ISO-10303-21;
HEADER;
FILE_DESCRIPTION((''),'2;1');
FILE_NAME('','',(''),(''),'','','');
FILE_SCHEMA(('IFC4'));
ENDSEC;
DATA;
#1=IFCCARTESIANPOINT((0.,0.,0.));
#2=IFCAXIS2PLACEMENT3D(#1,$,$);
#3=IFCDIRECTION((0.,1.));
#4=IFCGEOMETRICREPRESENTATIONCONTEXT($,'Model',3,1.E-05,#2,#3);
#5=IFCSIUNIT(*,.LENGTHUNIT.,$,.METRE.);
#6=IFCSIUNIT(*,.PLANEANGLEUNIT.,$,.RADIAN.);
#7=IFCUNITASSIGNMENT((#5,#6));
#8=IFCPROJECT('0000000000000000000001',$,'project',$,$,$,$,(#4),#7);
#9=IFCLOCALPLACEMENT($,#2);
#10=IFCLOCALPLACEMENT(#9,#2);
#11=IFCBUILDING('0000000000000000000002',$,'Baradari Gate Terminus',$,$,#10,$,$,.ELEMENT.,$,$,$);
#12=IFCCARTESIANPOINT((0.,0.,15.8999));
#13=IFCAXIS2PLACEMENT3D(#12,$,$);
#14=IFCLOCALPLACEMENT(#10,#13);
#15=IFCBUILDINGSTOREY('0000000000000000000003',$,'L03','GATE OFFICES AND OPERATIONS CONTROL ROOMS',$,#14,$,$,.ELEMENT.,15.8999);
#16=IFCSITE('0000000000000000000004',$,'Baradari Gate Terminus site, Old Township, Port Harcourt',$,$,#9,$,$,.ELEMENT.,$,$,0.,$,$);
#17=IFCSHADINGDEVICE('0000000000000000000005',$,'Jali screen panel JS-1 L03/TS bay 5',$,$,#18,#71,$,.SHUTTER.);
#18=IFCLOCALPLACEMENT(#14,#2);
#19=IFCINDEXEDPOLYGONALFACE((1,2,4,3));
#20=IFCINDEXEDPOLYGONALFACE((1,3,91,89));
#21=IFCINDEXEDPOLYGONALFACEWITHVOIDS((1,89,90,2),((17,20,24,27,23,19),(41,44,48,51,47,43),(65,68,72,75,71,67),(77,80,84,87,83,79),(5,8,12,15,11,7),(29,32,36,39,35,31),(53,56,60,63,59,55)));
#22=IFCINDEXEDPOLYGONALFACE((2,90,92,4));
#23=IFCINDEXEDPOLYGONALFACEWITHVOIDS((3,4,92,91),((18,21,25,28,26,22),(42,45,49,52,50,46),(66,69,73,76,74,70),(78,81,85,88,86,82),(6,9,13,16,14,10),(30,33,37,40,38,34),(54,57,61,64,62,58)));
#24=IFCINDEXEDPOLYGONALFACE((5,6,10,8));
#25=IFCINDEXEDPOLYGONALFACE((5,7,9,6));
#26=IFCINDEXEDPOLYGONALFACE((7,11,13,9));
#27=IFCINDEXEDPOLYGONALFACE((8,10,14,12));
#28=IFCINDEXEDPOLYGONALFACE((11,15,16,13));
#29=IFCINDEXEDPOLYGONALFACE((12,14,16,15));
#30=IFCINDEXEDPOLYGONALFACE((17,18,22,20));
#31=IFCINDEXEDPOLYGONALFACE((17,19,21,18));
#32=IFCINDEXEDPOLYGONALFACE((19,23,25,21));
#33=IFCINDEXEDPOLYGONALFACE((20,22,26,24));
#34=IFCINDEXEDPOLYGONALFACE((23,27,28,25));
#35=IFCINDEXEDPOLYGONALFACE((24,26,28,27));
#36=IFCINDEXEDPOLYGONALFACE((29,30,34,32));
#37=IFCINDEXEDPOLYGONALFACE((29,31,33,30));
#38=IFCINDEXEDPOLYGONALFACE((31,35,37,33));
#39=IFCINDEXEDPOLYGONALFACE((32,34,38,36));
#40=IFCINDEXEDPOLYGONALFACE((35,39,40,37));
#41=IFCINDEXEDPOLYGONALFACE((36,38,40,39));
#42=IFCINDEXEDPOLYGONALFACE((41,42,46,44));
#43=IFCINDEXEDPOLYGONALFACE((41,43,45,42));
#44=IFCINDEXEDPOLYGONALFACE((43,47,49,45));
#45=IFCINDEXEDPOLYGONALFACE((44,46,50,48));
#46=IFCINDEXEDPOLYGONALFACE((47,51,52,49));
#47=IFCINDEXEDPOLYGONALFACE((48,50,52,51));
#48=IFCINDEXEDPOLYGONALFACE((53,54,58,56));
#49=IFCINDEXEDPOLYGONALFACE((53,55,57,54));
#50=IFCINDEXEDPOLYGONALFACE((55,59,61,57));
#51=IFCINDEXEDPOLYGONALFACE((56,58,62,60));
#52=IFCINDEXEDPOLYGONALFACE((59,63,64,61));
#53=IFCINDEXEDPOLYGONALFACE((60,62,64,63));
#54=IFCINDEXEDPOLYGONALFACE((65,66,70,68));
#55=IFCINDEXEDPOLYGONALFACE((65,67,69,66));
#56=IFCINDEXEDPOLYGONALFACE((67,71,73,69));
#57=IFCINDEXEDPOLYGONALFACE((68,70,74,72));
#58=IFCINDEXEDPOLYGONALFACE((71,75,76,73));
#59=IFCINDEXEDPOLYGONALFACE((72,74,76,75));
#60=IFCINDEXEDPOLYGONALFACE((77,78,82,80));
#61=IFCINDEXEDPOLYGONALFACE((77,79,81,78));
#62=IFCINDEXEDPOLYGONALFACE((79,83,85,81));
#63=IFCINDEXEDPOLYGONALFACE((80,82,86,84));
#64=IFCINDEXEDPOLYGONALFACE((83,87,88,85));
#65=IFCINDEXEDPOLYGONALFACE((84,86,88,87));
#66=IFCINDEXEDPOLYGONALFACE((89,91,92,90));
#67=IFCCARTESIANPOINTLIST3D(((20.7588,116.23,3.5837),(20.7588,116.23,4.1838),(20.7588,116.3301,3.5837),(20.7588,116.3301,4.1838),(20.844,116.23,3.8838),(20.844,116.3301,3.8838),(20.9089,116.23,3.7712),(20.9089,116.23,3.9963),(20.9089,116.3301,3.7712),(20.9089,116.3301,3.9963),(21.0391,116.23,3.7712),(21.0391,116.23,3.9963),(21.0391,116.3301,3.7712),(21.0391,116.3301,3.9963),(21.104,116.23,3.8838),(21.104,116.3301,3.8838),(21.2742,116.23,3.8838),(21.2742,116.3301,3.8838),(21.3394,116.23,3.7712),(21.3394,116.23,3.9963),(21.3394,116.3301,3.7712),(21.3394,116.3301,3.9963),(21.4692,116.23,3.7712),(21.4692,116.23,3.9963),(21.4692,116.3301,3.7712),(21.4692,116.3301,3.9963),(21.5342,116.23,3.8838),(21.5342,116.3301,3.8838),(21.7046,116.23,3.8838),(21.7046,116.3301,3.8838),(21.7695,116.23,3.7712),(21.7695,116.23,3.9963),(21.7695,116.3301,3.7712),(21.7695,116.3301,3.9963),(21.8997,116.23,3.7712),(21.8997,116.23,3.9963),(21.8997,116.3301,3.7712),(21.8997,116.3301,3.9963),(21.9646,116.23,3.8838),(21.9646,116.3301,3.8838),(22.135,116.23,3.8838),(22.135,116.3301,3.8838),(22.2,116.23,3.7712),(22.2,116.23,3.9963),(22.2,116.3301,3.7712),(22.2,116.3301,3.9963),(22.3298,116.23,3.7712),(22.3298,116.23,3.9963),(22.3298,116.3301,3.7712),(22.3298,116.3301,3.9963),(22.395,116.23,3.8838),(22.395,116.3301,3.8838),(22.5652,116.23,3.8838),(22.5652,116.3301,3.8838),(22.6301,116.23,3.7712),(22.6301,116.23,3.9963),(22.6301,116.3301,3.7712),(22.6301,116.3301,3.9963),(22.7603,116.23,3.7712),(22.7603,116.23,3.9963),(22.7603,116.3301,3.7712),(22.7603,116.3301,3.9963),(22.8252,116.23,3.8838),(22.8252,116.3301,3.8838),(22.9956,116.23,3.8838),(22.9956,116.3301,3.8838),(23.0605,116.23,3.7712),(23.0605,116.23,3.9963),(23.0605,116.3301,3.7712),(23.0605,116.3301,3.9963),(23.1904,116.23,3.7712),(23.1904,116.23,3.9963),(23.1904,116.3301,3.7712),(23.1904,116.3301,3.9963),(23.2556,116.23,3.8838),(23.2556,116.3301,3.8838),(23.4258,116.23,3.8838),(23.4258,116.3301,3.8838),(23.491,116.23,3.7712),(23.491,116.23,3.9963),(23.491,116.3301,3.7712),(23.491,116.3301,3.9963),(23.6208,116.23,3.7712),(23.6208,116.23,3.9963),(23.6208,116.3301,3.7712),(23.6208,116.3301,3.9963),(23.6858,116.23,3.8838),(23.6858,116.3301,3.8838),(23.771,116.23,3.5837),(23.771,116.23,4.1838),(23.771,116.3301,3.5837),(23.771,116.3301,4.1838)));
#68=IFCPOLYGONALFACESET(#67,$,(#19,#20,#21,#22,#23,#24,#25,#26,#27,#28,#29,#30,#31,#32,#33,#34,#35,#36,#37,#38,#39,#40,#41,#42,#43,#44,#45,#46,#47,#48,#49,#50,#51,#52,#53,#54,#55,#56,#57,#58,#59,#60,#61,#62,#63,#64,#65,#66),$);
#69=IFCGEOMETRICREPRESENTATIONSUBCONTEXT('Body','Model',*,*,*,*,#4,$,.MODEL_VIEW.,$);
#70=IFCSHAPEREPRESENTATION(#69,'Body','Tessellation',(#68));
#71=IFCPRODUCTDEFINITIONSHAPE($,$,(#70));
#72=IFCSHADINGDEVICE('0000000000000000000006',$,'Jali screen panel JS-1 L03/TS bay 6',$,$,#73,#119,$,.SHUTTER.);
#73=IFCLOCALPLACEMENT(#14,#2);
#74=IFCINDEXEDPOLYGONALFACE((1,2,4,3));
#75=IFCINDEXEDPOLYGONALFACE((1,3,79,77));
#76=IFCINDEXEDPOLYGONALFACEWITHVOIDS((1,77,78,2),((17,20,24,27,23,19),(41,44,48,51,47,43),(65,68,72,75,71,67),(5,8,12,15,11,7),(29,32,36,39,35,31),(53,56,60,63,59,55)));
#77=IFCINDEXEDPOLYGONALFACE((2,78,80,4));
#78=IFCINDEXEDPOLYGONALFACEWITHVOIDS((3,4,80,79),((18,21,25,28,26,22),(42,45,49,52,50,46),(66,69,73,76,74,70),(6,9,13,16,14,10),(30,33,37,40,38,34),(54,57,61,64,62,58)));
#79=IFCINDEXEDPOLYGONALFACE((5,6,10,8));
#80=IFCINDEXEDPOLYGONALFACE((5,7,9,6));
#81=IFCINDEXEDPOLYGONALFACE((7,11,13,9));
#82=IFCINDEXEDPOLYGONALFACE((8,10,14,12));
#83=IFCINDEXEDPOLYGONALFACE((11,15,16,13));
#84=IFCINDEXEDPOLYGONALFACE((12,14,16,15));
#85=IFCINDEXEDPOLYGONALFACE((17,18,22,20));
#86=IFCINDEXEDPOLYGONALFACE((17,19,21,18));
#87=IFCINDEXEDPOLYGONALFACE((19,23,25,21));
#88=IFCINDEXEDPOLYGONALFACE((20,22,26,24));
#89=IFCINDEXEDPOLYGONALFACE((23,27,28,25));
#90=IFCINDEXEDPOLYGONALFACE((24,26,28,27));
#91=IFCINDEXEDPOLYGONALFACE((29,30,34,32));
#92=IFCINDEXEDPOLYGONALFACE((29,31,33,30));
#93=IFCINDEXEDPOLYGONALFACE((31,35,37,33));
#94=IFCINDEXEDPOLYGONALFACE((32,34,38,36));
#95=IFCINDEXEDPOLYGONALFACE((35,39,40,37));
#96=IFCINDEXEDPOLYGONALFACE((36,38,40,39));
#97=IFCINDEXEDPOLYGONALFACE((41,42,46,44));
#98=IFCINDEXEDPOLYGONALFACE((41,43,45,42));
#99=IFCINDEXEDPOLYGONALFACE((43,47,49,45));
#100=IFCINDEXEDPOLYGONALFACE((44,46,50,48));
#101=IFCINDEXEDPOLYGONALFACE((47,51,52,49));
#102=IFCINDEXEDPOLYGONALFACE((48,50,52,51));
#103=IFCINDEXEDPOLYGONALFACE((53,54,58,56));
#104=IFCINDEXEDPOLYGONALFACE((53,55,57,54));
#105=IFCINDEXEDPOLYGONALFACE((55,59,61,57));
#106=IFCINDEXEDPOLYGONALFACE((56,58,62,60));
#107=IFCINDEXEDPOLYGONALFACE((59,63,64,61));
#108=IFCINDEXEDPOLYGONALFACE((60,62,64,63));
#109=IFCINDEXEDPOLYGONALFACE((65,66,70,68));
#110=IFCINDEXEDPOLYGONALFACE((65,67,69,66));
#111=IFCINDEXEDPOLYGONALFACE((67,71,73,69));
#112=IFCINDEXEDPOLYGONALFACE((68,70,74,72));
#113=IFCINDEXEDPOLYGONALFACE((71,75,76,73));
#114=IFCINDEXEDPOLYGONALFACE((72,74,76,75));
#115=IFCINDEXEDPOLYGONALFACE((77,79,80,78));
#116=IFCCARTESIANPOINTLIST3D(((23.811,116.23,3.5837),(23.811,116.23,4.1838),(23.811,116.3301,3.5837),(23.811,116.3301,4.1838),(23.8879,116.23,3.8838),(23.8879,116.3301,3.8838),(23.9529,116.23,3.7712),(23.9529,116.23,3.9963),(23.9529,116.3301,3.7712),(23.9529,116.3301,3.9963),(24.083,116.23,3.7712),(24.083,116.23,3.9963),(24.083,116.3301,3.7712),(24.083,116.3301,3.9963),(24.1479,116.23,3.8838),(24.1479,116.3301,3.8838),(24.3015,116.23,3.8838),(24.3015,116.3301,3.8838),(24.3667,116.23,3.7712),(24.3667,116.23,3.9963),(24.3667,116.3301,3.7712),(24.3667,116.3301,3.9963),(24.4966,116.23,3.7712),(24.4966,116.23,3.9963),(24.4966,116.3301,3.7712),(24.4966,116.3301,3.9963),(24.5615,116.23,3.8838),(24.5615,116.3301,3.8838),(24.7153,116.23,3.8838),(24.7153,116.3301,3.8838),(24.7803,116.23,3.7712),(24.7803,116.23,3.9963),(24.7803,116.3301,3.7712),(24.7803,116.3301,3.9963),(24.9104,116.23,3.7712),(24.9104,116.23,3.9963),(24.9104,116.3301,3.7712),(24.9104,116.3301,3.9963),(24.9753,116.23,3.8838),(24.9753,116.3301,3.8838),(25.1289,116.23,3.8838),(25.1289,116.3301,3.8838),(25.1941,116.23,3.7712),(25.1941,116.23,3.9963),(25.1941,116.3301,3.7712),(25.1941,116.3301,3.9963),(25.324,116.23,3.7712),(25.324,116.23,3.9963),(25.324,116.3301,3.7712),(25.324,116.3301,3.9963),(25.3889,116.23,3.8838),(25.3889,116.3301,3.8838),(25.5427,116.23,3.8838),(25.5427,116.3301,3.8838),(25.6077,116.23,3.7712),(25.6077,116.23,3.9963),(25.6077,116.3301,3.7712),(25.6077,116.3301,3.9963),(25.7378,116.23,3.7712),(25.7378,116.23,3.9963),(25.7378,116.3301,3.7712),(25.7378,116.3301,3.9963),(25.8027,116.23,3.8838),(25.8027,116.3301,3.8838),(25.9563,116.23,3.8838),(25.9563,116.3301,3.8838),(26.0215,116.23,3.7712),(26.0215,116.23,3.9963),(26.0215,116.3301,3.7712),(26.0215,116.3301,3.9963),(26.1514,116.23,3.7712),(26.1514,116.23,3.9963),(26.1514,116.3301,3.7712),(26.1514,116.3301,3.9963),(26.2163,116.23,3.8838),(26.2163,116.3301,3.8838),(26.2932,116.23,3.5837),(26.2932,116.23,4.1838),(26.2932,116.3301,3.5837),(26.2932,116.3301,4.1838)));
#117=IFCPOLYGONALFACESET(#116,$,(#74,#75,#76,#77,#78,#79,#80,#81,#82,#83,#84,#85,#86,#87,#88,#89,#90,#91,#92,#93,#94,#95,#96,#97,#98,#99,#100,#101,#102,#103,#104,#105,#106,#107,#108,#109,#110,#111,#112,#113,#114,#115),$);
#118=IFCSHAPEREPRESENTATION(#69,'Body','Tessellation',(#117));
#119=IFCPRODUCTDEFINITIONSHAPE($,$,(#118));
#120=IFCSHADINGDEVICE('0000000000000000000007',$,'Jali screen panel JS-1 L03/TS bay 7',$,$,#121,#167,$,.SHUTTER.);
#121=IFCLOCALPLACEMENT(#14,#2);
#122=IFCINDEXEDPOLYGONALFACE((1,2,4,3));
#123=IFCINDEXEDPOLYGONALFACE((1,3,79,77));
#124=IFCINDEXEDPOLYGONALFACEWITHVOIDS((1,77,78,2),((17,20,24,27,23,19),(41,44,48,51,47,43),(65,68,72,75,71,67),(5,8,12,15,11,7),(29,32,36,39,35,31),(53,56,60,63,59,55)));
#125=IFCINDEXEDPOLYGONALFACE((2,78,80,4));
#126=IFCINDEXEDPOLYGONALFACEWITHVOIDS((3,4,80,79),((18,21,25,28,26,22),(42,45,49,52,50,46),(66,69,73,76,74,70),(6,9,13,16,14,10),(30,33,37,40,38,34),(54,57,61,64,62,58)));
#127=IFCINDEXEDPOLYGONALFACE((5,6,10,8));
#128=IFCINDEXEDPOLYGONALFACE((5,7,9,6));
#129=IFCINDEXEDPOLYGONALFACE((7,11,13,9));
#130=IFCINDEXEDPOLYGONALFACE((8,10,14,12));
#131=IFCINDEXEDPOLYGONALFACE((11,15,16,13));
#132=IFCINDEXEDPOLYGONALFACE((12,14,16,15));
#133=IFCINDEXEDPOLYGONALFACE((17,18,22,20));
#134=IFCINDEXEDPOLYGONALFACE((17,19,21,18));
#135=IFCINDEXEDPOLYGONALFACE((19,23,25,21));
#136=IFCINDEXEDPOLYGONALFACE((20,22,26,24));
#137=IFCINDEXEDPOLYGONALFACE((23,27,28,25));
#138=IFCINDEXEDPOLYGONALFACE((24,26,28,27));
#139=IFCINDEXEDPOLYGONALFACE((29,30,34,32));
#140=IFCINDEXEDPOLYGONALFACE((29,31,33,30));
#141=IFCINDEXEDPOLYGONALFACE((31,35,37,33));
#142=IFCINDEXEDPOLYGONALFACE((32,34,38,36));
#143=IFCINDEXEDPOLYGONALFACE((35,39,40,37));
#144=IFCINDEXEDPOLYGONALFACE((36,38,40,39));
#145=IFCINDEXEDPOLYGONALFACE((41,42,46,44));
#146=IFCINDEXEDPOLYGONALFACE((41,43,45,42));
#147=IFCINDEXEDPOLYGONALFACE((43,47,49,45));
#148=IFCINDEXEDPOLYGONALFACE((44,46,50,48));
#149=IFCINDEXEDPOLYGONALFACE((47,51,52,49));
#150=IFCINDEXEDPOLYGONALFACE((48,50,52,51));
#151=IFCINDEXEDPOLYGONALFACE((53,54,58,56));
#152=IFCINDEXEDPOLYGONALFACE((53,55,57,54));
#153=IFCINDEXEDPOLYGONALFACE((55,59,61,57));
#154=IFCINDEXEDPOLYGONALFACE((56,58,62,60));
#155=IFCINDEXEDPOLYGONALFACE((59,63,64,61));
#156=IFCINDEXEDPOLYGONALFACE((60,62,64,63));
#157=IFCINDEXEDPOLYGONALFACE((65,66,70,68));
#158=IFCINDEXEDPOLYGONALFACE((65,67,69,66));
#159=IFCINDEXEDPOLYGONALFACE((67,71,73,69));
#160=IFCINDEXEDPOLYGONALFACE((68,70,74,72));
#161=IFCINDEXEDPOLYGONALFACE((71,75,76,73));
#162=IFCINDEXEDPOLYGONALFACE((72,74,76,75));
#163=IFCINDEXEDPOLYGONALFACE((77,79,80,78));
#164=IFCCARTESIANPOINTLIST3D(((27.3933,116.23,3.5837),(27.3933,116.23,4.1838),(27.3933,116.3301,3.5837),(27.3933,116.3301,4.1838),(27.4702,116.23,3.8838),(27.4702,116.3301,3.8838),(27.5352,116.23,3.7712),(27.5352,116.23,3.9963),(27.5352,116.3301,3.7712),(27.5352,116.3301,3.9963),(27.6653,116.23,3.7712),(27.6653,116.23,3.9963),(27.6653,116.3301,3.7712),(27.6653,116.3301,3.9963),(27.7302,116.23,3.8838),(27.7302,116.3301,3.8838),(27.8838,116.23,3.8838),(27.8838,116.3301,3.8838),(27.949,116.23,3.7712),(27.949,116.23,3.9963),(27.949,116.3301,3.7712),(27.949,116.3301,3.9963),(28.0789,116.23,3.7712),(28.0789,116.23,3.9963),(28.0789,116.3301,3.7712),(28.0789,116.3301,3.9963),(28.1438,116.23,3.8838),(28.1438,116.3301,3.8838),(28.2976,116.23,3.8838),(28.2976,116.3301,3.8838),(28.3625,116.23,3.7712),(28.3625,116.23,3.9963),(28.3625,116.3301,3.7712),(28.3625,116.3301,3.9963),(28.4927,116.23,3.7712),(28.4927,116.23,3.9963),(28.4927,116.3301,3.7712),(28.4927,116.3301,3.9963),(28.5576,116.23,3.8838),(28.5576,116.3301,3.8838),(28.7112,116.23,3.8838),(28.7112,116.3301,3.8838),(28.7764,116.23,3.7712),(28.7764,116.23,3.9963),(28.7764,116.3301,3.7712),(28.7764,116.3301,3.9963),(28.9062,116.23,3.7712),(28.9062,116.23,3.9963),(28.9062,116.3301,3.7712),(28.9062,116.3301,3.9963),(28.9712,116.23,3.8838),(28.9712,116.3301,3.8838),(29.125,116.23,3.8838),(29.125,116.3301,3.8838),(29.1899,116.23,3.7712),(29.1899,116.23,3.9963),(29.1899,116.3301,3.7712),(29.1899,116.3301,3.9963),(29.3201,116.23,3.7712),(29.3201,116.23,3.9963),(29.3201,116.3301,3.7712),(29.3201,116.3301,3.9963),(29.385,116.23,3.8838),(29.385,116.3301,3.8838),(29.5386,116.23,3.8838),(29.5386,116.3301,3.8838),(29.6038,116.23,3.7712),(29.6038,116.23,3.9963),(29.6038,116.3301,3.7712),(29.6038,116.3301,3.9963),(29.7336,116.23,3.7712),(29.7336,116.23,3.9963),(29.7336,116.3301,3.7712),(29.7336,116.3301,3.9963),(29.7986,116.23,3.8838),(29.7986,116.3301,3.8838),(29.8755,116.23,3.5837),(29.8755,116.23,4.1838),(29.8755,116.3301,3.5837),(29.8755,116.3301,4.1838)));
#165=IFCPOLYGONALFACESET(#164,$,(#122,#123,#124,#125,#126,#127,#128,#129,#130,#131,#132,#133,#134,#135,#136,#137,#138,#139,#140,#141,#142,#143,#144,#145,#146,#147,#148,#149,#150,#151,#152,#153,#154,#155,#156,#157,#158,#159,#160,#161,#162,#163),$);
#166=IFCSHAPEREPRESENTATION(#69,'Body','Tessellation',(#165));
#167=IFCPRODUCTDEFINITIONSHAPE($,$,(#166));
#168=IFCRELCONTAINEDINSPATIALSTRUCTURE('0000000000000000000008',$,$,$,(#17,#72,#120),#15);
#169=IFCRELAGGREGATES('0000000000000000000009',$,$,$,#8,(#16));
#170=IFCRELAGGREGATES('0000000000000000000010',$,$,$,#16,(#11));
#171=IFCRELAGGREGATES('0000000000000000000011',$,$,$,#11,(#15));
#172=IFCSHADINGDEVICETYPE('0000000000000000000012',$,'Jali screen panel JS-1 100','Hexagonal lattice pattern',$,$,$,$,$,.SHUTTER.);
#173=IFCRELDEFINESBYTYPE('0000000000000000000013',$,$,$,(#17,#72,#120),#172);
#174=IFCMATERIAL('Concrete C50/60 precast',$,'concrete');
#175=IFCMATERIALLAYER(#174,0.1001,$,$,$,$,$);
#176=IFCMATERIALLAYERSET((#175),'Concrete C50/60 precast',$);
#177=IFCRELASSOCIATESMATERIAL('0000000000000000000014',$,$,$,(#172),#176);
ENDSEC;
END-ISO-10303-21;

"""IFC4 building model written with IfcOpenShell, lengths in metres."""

from ifc_helpers import new_model, si_unit, direction, frame, origin, place, context, subcontext, project, spatial, polyline, outline, extrude, material, layer, layer_set, type_object, element, save


model = new_model("IFC4")

# Units and contexts
model_context = context("Model", 3, precision=1e-05, world=origin(), true_north=direction((0.0, 1.0)))
body_context = subcontext(model_context, "Body", "Model", "MODEL_VIEW")
ifc_project = project(units=[si_unit("LENGTHUNIT", "METRE"), si_unit("PLANEANGLEUNIT", "RADIAN")], contexts=[model_context])

# Site, building, storey
site_placement = place(None, origin())
site = spatial("IfcSite", under=ifc_project, at=site_placement, Name="Baradari Gate Terminus site, Old Township, Port Harcourt", CompositionType="ELEMENT", RefElevation=0.0)
building_placement = place(site_placement, origin())
building = spatial("IfcBuilding", under=site, at=building_placement, Name="Baradari Gate Terminus", CompositionType="ELEMENT")
storey_placement = place(building_placement, frame((0.0, 0.0, 15.8999)))
storey = spatial("IfcBuildingStorey", under=building, at=storey_placement, Name="L03", Description="GATE OFFICES AND OPERATIONS CONTROL ROOMS", CompositionType="ELEMENT", Elevation=15.8999)

# Shading devices
ifc_material_1 = material(Name="Concrete C50/60 precast", Category="concrete")
ifc_layer_1 = layer(ifc_material_1, 0.1001)
ifc_layer_set_1 = layer_set([ifc_layer_1], Name="Concrete C50/60 precast")
shading_device_type = type_object("IfcShadingDeviceType", Name="Jali screen panel JS-1 100", Description="Hexagonal lattice pattern", PredefinedType="SHUTTER", material=ifc_layer_set_1)
shading_device_1_placement = place(storey_placement, frame((20.7588, 116.28, 3.5837), z_axis=(0.0, 0.0, 1.0), x_axis=(1.0, 0.0, 0.0)))
element("IfcShadingDevice", 1, at=shading_device_1_placement, inside=storey, type_object=shading_device_type, Name="Jali screen panel JS-1 L03/TS bay 5", PredefinedType="SHUTTER", context=body_context, shape_type="SweptSolid", body=[
    extrude(outline(polyline([(0.0, 0.0), (3.0122, 0.0), (3.0122, 0.6001), (0.0, 0.6001), (0.0, 0.0)]), holes=[polyline([(0.3452, 0.3), (0.2803, 0.1875), (0.1501, 0.1875), (0.0852, 0.3), (0.1501, 0.4126), (0.2803, 0.4126), (0.3452, 0.3)]), polyline([(0.7754, 0.3), (0.7104, 0.1875), (0.5806, 0.1875), (0.5154, 0.3), (0.5806, 0.4126), (0.7104, 0.4126), (0.7754, 0.3)]), polyline([(1.2058, 0.3), (1.1409, 0.1875), (1.0107, 0.1875), (0.9458, 0.3), (1.0107, 0.4126), (1.1409, 0.4126), (1.2058, 0.3)]), polyline([(1.6362, 0.3), (1.571, 0.1875), (1.4412, 0.1875), (1.3762, 0.3), (1.4412, 0.4126), (1.571, 0.4126), (1.6362, 0.3)]), polyline([(2.0664, 0.3), (2.0015, 0.1875), (1.8713, 0.1875), (1.8064, 0.3), (1.8713, 0.4126), (2.0015, 0.4126), (2.0664, 0.3)]), polyline([(2.4968, 0.3), (2.4316, 0.1875), (2.3018, 0.1875), (2.2368, 0.3), (2.3018, 0.4126), (2.4316, 0.4126), (2.4968, 0.3)]), polyline([(2.927, 0.3), (2.8621, 0.1875), (2.7322, 0.1875), (2.667, 0.3), (2.7322, 0.4126), (2.8621, 0.4126), (2.927, 0.3)])]), frame((0.0, 0.05, 0.0), z_axis=(0.0, -1.0, 0.0), x_axis=(1.0, 0.0, 0.0)), (0.0, 0.0, 1.0), 0.1001),
])
for number, where, z_axis, x_axis, name in (
    (2, (23.811, 116.28, 3.5837), (0.0, 0.0, 1.0), (1.0, 0.0, 0.0), "Jali screen panel JS-1 L03/TS bay 6"),
    (3, (27.3933, 116.28, 3.5837), (0.0, 0.0, 1.0), (1.0, 0.0, 0.0), "Jali screen panel JS-1 L03/TS bay 7"),
):
    element("IfcShadingDevice", number, at=place(storey_placement, frame(where, z_axis=z_axis, x_axis=x_axis)), inside=storey, type_object=shading_device_type, Name=name, PredefinedType="SHUTTER", context=body_context, shape_type="SweptSolid", body=[
        extrude(outline(polyline([(0.0, 0.0), (2.4822, 0.0), (2.4822, 0.6001), (0.0, 0.6001), (0.0, 0.0)]), holes=[polyline([(0.3369, 0.3), (0.272, 0.1875), (0.1418, 0.1875), (0.0769, 0.3), (0.1418, 0.4126), (0.272, 0.4126), (0.3369, 0.3)]), polyline([(0.7505, 0.3), (0.6855, 0.1875), (0.5557, 0.1875), (0.4905, 0.3), (0.5557, 0.4126), (0.6855, 0.4126), (0.7505, 0.3)]), polyline([(1.1643, 0.3), (1.0994, 0.1875), (0.9692, 0.1875), (0.9043, 0.3), (0.9692, 0.4126), (1.0994, 0.4126), (1.1643, 0.3)]), polyline([(1.5779, 0.3), (1.5129, 0.1875), (1.3831, 0.1875), (1.3179, 0.3), (1.3831, 0.4126), (1.5129, 0.4126), (1.5779, 0.3)]), polyline([(1.9917, 0.3), (1.9268, 0.1875), (1.7966, 0.1875), (1.7317, 0.3), (1.7966, 0.4126), (1.9268, 0.4126), (1.9917, 0.3)]), polyline([(2.4053, 0.3), (2.3403, 0.1875), (2.2104, 0.1875), (2.1453, 0.3), (2.2104, 0.4126), (2.3403, 0.4126), (2.4053, 0.3)])]), frame((0.0, 0.05, 0.0), z_axis=(0.0, -1.0, 0.0), x_axis=(1.0, 0.0, 0.0)), (0.0, 0.0, 1.0), 0.1001),
    ])

save(model, "model.ifc")
